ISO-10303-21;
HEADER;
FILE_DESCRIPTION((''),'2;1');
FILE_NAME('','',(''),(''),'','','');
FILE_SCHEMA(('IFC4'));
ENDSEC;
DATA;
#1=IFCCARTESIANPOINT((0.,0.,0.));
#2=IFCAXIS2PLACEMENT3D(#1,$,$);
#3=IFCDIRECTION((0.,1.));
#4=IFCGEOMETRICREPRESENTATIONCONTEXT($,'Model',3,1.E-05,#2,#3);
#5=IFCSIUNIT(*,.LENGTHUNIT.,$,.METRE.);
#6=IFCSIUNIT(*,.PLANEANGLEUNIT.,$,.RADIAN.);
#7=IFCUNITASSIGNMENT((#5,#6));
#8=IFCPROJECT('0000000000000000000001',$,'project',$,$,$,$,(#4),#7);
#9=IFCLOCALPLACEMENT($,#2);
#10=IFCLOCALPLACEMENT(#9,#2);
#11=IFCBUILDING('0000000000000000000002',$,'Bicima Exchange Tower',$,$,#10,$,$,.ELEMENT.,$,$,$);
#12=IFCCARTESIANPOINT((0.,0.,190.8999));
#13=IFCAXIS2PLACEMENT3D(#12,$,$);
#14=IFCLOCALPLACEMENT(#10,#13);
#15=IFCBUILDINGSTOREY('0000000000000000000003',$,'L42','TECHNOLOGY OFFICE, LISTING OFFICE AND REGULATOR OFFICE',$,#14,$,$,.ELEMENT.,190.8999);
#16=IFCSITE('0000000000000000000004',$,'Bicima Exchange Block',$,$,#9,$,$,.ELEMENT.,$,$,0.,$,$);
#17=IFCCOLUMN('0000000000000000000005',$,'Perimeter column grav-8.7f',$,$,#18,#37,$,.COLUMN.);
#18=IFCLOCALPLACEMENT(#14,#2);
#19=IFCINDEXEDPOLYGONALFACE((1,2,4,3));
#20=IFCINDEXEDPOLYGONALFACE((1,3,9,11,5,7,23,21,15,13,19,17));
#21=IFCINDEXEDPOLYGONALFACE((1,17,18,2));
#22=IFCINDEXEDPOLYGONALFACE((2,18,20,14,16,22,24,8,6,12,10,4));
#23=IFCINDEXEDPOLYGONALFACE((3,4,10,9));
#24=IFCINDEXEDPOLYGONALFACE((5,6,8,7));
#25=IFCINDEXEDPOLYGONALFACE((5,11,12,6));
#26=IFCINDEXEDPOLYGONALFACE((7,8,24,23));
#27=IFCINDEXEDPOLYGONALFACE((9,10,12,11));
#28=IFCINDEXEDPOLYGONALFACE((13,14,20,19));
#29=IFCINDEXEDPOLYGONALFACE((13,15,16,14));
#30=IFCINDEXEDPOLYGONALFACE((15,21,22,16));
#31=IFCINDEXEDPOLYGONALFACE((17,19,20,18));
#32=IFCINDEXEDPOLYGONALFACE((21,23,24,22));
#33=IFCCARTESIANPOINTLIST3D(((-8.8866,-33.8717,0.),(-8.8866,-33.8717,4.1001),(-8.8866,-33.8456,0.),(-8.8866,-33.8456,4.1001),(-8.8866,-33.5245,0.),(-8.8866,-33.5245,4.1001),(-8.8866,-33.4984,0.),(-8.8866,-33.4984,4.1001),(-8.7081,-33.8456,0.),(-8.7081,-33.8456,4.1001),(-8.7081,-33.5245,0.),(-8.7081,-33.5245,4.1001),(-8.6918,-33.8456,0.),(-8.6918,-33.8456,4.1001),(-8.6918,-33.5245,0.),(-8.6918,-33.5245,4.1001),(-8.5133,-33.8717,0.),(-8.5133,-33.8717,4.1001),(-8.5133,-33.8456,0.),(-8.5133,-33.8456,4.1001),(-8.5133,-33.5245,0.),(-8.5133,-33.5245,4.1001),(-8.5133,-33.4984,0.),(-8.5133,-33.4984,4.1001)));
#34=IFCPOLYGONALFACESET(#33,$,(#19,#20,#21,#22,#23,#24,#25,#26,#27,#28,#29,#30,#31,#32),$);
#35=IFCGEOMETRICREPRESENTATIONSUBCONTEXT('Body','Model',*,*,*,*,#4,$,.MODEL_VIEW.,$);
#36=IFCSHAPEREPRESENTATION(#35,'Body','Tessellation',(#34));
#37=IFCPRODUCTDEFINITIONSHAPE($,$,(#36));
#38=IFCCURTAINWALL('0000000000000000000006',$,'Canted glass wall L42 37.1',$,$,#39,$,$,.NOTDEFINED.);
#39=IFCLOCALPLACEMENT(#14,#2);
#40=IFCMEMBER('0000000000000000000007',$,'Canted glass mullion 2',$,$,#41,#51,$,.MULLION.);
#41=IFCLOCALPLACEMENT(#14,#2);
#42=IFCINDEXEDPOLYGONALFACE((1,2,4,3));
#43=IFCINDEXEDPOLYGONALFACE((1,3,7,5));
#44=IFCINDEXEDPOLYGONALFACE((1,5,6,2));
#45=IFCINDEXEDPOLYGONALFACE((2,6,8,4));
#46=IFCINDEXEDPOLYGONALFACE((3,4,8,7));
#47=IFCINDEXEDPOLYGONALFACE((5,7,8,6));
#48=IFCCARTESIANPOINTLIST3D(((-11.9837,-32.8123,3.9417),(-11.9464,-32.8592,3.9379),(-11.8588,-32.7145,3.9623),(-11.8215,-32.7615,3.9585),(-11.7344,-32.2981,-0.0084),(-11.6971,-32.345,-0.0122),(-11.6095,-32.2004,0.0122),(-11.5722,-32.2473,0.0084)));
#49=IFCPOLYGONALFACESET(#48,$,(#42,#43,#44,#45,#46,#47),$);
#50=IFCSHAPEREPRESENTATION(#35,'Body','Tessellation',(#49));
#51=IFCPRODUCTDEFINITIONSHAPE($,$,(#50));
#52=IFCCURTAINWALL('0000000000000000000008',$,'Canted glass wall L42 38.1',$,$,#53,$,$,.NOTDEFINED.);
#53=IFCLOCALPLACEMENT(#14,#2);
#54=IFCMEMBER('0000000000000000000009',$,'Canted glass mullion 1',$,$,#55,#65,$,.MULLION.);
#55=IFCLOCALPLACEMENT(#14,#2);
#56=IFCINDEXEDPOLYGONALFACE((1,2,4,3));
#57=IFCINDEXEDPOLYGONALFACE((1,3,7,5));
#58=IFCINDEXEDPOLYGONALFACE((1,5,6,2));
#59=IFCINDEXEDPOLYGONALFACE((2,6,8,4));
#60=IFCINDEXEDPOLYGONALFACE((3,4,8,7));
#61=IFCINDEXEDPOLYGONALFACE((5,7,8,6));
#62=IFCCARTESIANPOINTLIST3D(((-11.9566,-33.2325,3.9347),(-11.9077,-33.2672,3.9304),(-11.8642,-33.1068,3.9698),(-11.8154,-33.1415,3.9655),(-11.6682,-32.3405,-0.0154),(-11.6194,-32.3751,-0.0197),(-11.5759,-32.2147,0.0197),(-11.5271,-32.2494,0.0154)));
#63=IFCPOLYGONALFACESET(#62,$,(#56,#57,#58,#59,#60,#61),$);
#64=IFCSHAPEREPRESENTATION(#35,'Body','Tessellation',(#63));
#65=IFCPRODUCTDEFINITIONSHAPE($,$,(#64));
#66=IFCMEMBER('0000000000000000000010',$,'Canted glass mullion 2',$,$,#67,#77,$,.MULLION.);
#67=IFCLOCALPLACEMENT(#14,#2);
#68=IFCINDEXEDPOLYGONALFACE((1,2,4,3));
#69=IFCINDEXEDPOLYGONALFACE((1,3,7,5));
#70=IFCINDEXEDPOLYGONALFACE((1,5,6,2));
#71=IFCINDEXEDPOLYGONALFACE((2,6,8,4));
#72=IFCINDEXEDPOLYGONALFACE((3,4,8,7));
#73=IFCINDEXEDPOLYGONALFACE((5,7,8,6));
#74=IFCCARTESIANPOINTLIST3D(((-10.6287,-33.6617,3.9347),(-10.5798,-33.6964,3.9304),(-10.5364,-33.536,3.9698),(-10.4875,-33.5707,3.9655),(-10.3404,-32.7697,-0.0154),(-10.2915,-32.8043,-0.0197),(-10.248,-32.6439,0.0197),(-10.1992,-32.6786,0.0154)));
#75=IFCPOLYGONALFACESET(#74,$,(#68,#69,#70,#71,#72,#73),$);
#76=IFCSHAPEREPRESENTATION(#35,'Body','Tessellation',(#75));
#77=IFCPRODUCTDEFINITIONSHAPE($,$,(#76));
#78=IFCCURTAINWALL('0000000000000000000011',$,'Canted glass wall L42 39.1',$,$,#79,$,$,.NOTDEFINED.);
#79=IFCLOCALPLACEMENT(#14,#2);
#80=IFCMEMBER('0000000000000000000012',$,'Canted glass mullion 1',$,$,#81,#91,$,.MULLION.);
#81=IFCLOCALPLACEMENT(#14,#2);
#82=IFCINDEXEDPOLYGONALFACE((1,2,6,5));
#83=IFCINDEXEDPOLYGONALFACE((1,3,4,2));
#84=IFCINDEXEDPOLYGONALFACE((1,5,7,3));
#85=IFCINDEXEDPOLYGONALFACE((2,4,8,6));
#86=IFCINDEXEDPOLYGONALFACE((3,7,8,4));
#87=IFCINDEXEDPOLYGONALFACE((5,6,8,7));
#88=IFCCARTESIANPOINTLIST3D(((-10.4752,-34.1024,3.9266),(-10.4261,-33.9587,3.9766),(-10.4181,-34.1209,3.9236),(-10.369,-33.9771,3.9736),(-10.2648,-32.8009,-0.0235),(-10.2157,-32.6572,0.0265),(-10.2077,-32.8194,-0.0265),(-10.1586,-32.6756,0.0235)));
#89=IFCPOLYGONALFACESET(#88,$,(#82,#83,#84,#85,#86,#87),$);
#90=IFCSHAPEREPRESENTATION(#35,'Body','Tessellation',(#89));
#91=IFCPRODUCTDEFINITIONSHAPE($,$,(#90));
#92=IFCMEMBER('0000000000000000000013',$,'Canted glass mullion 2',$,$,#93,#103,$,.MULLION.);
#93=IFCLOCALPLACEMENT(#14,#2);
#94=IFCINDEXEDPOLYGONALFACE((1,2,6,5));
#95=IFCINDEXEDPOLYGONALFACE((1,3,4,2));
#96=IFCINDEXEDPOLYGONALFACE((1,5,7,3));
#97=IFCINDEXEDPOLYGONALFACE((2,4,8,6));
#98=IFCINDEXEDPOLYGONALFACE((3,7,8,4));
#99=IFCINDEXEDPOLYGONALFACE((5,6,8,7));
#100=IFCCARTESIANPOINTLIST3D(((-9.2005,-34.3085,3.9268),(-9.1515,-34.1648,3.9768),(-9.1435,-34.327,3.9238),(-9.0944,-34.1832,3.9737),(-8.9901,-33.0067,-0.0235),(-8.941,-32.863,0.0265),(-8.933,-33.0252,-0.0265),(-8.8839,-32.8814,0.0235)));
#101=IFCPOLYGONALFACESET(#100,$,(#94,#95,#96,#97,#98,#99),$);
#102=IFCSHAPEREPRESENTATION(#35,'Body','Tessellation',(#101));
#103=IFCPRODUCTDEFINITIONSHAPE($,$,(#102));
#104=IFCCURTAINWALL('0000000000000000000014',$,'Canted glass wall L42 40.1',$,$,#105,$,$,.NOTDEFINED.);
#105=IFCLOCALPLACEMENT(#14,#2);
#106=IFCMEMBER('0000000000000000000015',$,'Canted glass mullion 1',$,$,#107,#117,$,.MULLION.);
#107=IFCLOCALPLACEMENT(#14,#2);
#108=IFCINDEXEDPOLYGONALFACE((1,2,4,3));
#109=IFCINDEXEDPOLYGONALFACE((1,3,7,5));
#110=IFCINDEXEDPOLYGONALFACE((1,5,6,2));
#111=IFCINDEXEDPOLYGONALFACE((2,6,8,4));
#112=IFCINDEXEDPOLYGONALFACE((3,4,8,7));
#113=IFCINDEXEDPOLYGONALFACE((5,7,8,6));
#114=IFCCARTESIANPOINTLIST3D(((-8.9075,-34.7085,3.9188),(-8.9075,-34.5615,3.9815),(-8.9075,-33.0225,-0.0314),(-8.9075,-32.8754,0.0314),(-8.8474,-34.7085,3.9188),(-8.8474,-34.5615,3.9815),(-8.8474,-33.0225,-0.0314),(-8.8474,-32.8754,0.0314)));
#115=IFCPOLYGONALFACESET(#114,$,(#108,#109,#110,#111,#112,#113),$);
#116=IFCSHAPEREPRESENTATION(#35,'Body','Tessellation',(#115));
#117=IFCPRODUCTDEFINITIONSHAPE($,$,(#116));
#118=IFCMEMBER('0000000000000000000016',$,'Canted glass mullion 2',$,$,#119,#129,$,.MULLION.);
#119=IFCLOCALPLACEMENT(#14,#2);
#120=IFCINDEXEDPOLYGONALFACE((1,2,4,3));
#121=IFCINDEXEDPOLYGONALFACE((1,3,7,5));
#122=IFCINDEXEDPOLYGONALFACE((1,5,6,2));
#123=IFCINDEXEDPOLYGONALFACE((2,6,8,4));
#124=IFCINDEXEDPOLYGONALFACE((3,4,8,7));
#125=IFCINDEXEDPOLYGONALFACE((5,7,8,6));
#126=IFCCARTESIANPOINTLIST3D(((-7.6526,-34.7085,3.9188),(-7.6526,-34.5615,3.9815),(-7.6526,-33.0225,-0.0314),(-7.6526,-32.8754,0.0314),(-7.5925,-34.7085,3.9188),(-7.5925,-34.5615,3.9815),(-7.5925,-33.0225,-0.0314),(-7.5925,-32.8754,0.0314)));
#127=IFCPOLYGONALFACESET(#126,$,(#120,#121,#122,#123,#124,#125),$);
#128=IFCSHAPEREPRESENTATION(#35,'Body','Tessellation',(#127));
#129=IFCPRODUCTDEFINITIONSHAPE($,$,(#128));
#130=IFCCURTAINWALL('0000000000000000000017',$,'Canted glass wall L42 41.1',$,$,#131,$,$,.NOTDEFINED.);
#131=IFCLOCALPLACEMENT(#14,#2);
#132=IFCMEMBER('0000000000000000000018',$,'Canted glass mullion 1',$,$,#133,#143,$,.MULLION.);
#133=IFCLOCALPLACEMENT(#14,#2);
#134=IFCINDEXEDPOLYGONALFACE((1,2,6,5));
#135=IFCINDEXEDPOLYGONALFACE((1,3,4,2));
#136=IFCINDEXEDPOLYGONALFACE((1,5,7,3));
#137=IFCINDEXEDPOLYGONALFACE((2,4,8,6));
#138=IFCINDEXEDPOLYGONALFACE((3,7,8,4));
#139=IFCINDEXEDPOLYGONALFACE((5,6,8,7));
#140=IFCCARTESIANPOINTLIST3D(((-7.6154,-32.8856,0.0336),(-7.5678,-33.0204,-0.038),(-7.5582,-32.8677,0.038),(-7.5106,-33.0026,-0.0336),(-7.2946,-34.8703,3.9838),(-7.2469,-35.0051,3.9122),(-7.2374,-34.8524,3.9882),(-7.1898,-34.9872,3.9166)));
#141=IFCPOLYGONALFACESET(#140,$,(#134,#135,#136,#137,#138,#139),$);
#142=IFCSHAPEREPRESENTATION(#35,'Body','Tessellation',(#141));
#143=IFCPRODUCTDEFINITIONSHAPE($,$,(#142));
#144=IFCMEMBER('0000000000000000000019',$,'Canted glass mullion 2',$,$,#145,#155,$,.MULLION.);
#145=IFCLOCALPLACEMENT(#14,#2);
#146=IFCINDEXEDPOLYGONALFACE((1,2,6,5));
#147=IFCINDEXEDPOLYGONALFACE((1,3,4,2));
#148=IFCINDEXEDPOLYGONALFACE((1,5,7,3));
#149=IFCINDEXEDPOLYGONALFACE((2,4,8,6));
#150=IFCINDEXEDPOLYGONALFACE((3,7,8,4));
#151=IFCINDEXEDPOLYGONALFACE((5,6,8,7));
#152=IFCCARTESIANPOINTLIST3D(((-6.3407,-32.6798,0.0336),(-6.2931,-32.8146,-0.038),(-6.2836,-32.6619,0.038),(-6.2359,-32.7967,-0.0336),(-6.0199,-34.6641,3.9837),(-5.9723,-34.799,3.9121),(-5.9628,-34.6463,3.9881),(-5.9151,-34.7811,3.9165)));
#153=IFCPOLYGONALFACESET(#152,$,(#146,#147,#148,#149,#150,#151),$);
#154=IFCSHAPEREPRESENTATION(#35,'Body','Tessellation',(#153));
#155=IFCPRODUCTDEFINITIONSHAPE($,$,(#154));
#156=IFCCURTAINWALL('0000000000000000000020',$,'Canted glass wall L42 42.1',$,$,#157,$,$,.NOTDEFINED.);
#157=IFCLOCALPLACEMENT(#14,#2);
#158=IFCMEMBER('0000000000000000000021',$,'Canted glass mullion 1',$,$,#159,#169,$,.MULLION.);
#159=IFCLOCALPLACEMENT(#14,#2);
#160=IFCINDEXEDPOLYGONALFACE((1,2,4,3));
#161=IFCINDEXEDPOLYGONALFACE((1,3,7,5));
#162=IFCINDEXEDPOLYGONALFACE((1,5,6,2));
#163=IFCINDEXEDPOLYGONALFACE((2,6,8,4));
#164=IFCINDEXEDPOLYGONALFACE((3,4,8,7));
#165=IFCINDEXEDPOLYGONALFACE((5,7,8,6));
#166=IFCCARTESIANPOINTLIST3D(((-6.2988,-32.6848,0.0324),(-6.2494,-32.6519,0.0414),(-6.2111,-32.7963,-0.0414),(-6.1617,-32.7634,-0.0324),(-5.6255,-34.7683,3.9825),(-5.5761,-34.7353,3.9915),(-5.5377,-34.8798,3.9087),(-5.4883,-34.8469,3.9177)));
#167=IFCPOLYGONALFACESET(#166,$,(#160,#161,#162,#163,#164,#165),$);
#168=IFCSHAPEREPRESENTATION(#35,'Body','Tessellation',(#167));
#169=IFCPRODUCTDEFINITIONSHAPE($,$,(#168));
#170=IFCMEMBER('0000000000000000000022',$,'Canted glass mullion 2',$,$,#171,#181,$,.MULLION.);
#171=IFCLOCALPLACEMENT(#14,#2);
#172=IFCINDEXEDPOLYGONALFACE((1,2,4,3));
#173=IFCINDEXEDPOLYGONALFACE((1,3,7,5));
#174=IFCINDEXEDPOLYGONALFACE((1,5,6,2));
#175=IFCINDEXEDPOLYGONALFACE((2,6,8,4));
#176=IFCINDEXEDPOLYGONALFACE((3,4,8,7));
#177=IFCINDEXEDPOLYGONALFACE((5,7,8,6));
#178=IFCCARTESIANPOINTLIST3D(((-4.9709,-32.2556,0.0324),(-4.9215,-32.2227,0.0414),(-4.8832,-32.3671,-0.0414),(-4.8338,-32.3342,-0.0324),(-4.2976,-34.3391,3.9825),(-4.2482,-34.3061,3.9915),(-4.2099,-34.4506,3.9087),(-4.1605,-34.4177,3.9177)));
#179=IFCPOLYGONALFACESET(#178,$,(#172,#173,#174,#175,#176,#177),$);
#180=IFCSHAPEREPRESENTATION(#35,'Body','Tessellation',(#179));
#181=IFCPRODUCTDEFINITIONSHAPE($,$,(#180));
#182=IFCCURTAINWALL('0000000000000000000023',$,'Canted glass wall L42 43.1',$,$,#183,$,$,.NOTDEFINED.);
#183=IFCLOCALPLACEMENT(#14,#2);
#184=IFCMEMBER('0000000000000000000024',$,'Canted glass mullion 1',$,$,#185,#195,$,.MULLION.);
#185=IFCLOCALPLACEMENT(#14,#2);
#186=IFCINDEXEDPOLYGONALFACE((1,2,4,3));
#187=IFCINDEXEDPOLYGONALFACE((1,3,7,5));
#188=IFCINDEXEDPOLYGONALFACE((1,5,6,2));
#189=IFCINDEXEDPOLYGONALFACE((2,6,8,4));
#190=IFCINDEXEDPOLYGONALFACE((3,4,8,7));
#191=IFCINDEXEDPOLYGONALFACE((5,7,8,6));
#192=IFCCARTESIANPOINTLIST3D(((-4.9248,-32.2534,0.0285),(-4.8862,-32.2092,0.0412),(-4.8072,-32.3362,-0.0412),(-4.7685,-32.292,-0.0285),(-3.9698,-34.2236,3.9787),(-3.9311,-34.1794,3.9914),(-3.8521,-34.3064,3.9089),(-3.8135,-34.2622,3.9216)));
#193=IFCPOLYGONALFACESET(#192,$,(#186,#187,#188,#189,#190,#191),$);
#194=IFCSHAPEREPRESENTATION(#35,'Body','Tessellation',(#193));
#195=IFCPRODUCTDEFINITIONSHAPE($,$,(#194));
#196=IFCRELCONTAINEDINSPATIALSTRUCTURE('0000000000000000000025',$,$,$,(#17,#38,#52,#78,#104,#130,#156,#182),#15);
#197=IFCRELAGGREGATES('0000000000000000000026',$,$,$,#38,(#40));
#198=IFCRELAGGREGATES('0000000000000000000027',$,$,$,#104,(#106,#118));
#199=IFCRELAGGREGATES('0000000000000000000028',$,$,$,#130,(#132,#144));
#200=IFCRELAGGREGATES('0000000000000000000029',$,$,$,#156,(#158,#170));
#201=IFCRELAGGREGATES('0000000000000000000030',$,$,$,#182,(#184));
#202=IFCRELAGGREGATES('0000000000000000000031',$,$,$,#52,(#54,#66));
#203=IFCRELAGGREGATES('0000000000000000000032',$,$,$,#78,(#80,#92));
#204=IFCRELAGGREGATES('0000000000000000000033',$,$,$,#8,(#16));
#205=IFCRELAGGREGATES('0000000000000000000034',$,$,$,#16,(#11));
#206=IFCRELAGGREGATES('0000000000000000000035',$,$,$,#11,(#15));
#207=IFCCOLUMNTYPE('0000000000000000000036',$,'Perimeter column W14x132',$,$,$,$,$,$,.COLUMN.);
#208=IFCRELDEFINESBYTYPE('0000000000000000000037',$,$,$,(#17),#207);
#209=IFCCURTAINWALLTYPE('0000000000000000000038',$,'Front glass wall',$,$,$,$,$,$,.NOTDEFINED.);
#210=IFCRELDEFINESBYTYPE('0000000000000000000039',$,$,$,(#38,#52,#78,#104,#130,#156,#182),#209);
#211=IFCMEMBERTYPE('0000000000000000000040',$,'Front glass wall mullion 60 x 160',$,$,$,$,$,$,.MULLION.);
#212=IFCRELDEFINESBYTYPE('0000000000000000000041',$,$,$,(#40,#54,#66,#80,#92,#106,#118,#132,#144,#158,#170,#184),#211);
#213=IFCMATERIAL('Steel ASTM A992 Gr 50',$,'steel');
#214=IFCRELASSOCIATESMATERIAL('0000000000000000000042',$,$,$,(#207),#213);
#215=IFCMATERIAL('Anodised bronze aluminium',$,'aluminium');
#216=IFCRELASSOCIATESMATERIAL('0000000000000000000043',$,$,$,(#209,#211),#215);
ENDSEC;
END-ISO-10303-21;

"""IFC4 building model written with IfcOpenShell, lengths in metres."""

from ifc_helpers import new_model, si_unit, direction, frame, origin, origin_2d, place, context, subcontext, project, spatial, rectangle, i_section, extrude, material, material_profile, profile_set, type_object, element, aggregate, save


model = new_model("IFC4")

# Units and contexts
model_context = context("Model", 3, precision=1e-05, world=origin(), true_north=direction((0.0, 1.0)))
body_context = subcontext(model_context, "Body", "Model", "MODEL_VIEW")
ifc_project = project(units=[si_unit("LENGTHUNIT", "METRE"), si_unit("PLANEANGLEUNIT", "RADIAN")], contexts=[model_context])

# Site, building, storey
site_placement = place(None, origin())
site = spatial("IfcSite", under=ifc_project, at=site_placement, Name="Bicima Exchange Block", CompositionType="ELEMENT", RefElevation=0.0)
building_placement = place(site_placement, origin())
building = spatial("IfcBuilding", under=site, at=building_placement, Name="Bicima Exchange Tower", CompositionType="ELEMENT")
storey_placement = place(building_placement, frame((0.0, 0.0, 190.8999)))
storey = spatial("IfcBuildingStorey", under=building, at=storey_placement, Name="L42", Description="TECHNOLOGY OFFICE, LISTING OFFICE AND REGULATOR OFFICE", CompositionType="ELEMENT", Elevation=190.8999)

# Column
ifc_material_1 = material(Name="Steel ASTM A992 Gr 50", Category="steel")
ifc_material_profile_1 = material_profile(ifc_material_1, i_section(OverallWidth=0.3733, OverallDepth=0.3733, WebThickness=0.0164, FlangeThickness=0.0261, at=origin_2d()))
ifc_profile_set_1 = profile_set([ifc_material_profile_1], Name="Steel ASTM A992 Gr 50")
column_type = type_object("IfcColumnType", Name="Perimeter column W14x132", PredefinedType="COLUMN", material=ifc_profile_set_1)
column_placement = place(storey_placement, frame((-8.7, -33.6851, 0.0), z_axis=(0.0, 0.0, 1.0), x_axis=(1.0, 0.0, 0.0)))
element("IfcColumn", 1, at=column_placement, inside=storey, type_object=column_type, Name="Perimeter column grav-8.7f", PredefinedType="COLUMN", context=body_context, shape_type="SweptSolid", body=[
    extrude(i_section(OverallWidth=0.3733, OverallDepth=0.3733, WebThickness=0.0164, FlangeThickness=0.0261, at=origin_2d()), origin(), (0.0, 0.0, 1.0), 4.1001),
])

# Curtain wall, member
ifc_material_2 = material(Name="Anodised bronze aluminium", Category="aluminium")
curtain_wall_type = type_object("IfcCurtainWallType", Name="Front glass wall", PredefinedType="NOTDEFINED", material=ifc_material_2)
curtain_wall_1_placement = place(storey_placement, origin())
curtain_wall_1 = element("IfcCurtainWall", 2, at=curtain_wall_1_placement, inside=storey, type_object=curtain_wall_type, Name="Canted glass wall L42 37.1", PredefinedType="NOTDEFINED")
ifc_material_profile_2 = material_profile(ifc_material_2, rectangle(XDim=0.1599, YDim=0.0601, at=origin_2d()))
ifc_profile_set_2 = profile_set([ifc_material_profile_2], Name="Anodised bronze aluminium")
member_type_1 = type_object("IfcMemberType", Name="Front glass wall mullion 60 x 160", PredefinedType="MULLION", material=ifc_profile_set_2)
member_1_placement = place(storey_placement, frame((-11.6533, -32.2727, 0.0), z_axis=(-0.062453, -0.12882, 0.989699), x_axis=(0.781052, 0.611035, 0.128819)))
member_1 = element("IfcMember", 3, at=member_1_placement, type_object=member_type_1, Name="Canted glass mullion 2", PredefinedType="MULLION", context=body_context, shape_type="SweptSolid", body=[
    extrude(rectangle(XDim=0.1599, YDim=0.0601, at=origin_2d()), origin(), (0.0, 0.0, 1.0), 3.9912),
])
aggregate(curtain_wall_1, [member_1])

# Curtain walls, members
curtain_wall_2_placement = place(storey_placement, origin())
curtain_wall_2 = element("IfcCurtainWall", 4, at=curtain_wall_2_placement, inside=storey, type_object=curtain_wall_type, Name="Canted glass wall L42 38.1", PredefinedType="NOTDEFINED")
member_2_placement = place(storey_placement, frame((-11.5977, -32.2949, 0.0), z_axis=(-0.071019, -0.219731, 0.972972), x_axis=(0.577403, 0.786337, 0.219727)))
member_2 = element("IfcMember", 5, at=member_2_placement, type_object=member_type_1, Name="Canted glass mullion 1", PredefinedType="MULLION", context=body_context, shape_type="SweptSolid", body=[
    extrude(rectangle(XDim=0.1599, YDim=0.0601, at=origin_2d()), origin(), (0.0, 0.0, 1.0), 4.0598),
])
member_3_placement = place(storey_placement, frame((-10.2698, -32.7241, 0.0), z_axis=(-0.071019, -0.219731, 0.972972), x_axis=(0.577403, 0.786337, 0.219727)))
member_3 = element("IfcMember", 6, at=member_3_placement, type_object=member_type_1, Name="Canted glass mullion 2", PredefinedType="MULLION", context=body_context, shape_type="SweptSolid", body=[
    extrude(rectangle(XDim=0.1599, YDim=0.0601, at=origin_2d()), origin(), (0.0, 0.0, 1.0), 4.0598),
])
curtain_wall_3_placement = place(storey_placement, origin())
curtain_wall_3 = element("IfcCurtainWall", 7, at=curtain_wall_3_placement, inside=storey, type_object=curtain_wall_type, Name="Canted glass wall L42 39.1", PredefinedType="NOTDEFINED")
member_4_placement = place(storey_placement, frame((-10.2117, -32.7383, 0.0), z_axis=(-0.050535, -0.312533, 0.948562), x_axis=(0.306995, 0.89893, 0.312536)))
member_4 = element("IfcMember", 8, at=member_4_placement, type_object=member_type_1, Name="Canted glass mullion 1", PredefinedType="MULLION", context=body_context, shape_type="SweptSolid", body=[
    extrude(rectangle(XDim=0.1599, YDim=0.0601, at=origin_2d()), origin(), (0.0, 0.0, 1.0), 4.1643),
])
member_5_placement = place(storey_placement, frame((-8.937, -32.9441, 0.0), z_axis=(-0.050534, -0.312586, 0.948544), x_axis=(0.306966, 0.898922, 0.312587)))
member_5 = element("IfcMember", 9, at=member_5_placement, type_object=member_type_1, Name="Canted glass mullion 2", PredefinedType="MULLION", context=body_context, shape_type="SweptSolid", body=[
    extrude(rectangle(XDim=0.1599, YDim=0.0601, at=origin_2d()), origin(), (0.0, 0.0, 1.0), 4.1646),
])
curtain_wall_4_placement = place(storey_placement, origin())
curtain_wall_4 = element("IfcCurtainWall", 10, at=curtain_wall_4_placement, inside=storey, type_object=curtain_wall_type, Name="Canted glass wall L42 40.1", PredefinedType="NOTDEFINED")
member_6_placement = place(storey_placement, frame((-8.8774, -32.949, 0.0), z_axis=(0.0, -0.392561, 0.919726), x_axis=(0.0, 0.919726, 0.392561)))
member_6 = element("IfcMember", 11, at=member_6_placement, type_object=member_type_1, Name="Canted glass mullion 1", PredefinedType="MULLION", context=body_context, shape_type="SweptSolid", body=[
    extrude(rectangle(XDim=0.1599, YDim=0.0601, at=origin_2d()), origin(), (0.0, 0.0, 1.0), 4.2949),
])
member_7_placement = place(storey_placement, frame((-7.6226, -32.949, 0.0), z_axis=(0.0, -0.392561, 0.919726), x_axis=(0.0, 0.919726, 0.392561)))
member_7 = element("IfcMember", 12, at=member_7_placement, type_object=member_type_1, Name="Canted glass mullion 2", PredefinedType="MULLION", context=body_context, shape_type="SweptSolid", body=[
    extrude(rectangle(XDim=0.1599, YDim=0.0601, at=origin_2d()), origin(), (0.0, 0.0, 1.0), 4.2949),
])
curtain_wall_5_placement = place(storey_placement, origin())
curtain_wall_5 = element("IfcCurtainWall", 13, at=curtain_wall_5_placement, inside=storey, type_object=curtain_wall_type, Name="Canted glass wall L42 41.1", PredefinedType="NOTDEFINED")
member_8_placement = place(storey_placement, frame((-7.563, -32.9441, 0.0), z_axis=(0.072377, -0.447758, 0.89122), x_axis=(-0.297916, 0.843065, 0.447759)))
member_8 = element("IfcMember", 14, at=member_8_placement, type_object=member_type_1, Name="Canted glass mullion 1", PredefinedType="MULLION", context=body_context, shape_type="SweptSolid", body=[
    extrude(rectangle(XDim=0.1599, YDim=0.0601, at=origin_2d()), origin(), (0.0, 0.0, 1.0), 4.4324),
])
member_9_placement = place(storey_placement, frame((-6.2883, -32.7383, 0.0), z_axis=(0.072379, -0.447714, 0.891242), x_axis=(-0.297936, 0.84308, 0.447716)))
member_9 = element("IfcMember", 15, at=member_9_placement, type_object=member_type_1, Name="Canted glass mullion 2", PredefinedType="MULLION", context=body_context, shape_type="SweptSolid", body=[
    extrude(rectangle(XDim=0.1599, YDim=0.0601, at=origin_2d()), origin(), (0.0, 0.0, 1.0), 4.4321),
])
curtain_wall_6_placement = place(storey_placement, origin())
curtain_wall_6 = element("IfcCurtainWall", 16, at=curtain_wall_6_placement, inside=storey, type_object=curtain_wall_type, Name="Canted glass wall L42 42.1", PredefinedType="NOTDEFINED")
member_10_placement = place(storey_placement, frame((-6.2302, -32.7241, 0.0), z_axis=(0.149086, -0.461312, 0.874623), x_axis=(-0.548603, 0.697306, 0.461301)))
member_10 = element("IfcMember", 17, at=member_10_placement, type_object=member_type_1, Name="Canted glass mullion 1", PredefinedType="MULLION", context=body_context, shape_type="SweptSolid", body=[
    extrude(rectangle(XDim=0.1599, YDim=0.0601, at=origin_2d()), origin(), (0.0, 0.0, 1.0), 4.5164),
])
member_11_placement = place(storey_placement, frame((-4.9023, -32.2949, 0.0), z_axis=(0.149086, -0.461312, 0.874623), x_axis=(-0.548603, 0.697306, 0.461301)))
member_11 = element("IfcMember", 18, at=member_11_placement, type_object=member_type_1, Name="Canted glass mullion 2", PredefinedType="MULLION", context=body_context, shape_type="SweptSolid", body=[
    extrude(rectangle(XDim=0.1599, YDim=0.0601, at=origin_2d()), origin(), (0.0, 0.0, 1.0), 4.5164),
])

# Curtain wall, member
curtain_wall_7_placement = place(storey_placement, origin())
curtain_wall_7 = element("IfcCurtainWall", 19, at=curtain_wall_7_placement, inside=storey, type_object=curtain_wall_type, Name="Canted glass wall L42 43.1", PredefinedType="NOTDEFINED")
member_12_placement = place(storey_placement, frame((-4.8467, -32.2727, 0.0), z_axis=(0.211468, -0.436235, 0.874632), x_axis=(-0.735863, 0.517894, 0.436224)))
member_12 = element("IfcMember", 20, at=member_12_placement, type_object=member_type_1, Name="Canted glass mullion 1", PredefinedType="MULLION", context=body_context, shape_type="SweptSolid", body=[
    extrude(rectangle(XDim=0.1599, YDim=0.0601, at=origin_2d()), origin(), (0.0, 0.0, 1.0), 4.5164),
])

aggregate(curtain_wall_4, [member_6, member_7])
aggregate(curtain_wall_5, [member_8, member_9])
aggregate(curtain_wall_6, [member_10, member_11])
aggregate(curtain_wall_7, [member_12])
aggregate(curtain_wall_2, [member_2, member_3])
aggregate(curtain_wall_3, [member_4, member_5])

save(model, "model.ifc")
